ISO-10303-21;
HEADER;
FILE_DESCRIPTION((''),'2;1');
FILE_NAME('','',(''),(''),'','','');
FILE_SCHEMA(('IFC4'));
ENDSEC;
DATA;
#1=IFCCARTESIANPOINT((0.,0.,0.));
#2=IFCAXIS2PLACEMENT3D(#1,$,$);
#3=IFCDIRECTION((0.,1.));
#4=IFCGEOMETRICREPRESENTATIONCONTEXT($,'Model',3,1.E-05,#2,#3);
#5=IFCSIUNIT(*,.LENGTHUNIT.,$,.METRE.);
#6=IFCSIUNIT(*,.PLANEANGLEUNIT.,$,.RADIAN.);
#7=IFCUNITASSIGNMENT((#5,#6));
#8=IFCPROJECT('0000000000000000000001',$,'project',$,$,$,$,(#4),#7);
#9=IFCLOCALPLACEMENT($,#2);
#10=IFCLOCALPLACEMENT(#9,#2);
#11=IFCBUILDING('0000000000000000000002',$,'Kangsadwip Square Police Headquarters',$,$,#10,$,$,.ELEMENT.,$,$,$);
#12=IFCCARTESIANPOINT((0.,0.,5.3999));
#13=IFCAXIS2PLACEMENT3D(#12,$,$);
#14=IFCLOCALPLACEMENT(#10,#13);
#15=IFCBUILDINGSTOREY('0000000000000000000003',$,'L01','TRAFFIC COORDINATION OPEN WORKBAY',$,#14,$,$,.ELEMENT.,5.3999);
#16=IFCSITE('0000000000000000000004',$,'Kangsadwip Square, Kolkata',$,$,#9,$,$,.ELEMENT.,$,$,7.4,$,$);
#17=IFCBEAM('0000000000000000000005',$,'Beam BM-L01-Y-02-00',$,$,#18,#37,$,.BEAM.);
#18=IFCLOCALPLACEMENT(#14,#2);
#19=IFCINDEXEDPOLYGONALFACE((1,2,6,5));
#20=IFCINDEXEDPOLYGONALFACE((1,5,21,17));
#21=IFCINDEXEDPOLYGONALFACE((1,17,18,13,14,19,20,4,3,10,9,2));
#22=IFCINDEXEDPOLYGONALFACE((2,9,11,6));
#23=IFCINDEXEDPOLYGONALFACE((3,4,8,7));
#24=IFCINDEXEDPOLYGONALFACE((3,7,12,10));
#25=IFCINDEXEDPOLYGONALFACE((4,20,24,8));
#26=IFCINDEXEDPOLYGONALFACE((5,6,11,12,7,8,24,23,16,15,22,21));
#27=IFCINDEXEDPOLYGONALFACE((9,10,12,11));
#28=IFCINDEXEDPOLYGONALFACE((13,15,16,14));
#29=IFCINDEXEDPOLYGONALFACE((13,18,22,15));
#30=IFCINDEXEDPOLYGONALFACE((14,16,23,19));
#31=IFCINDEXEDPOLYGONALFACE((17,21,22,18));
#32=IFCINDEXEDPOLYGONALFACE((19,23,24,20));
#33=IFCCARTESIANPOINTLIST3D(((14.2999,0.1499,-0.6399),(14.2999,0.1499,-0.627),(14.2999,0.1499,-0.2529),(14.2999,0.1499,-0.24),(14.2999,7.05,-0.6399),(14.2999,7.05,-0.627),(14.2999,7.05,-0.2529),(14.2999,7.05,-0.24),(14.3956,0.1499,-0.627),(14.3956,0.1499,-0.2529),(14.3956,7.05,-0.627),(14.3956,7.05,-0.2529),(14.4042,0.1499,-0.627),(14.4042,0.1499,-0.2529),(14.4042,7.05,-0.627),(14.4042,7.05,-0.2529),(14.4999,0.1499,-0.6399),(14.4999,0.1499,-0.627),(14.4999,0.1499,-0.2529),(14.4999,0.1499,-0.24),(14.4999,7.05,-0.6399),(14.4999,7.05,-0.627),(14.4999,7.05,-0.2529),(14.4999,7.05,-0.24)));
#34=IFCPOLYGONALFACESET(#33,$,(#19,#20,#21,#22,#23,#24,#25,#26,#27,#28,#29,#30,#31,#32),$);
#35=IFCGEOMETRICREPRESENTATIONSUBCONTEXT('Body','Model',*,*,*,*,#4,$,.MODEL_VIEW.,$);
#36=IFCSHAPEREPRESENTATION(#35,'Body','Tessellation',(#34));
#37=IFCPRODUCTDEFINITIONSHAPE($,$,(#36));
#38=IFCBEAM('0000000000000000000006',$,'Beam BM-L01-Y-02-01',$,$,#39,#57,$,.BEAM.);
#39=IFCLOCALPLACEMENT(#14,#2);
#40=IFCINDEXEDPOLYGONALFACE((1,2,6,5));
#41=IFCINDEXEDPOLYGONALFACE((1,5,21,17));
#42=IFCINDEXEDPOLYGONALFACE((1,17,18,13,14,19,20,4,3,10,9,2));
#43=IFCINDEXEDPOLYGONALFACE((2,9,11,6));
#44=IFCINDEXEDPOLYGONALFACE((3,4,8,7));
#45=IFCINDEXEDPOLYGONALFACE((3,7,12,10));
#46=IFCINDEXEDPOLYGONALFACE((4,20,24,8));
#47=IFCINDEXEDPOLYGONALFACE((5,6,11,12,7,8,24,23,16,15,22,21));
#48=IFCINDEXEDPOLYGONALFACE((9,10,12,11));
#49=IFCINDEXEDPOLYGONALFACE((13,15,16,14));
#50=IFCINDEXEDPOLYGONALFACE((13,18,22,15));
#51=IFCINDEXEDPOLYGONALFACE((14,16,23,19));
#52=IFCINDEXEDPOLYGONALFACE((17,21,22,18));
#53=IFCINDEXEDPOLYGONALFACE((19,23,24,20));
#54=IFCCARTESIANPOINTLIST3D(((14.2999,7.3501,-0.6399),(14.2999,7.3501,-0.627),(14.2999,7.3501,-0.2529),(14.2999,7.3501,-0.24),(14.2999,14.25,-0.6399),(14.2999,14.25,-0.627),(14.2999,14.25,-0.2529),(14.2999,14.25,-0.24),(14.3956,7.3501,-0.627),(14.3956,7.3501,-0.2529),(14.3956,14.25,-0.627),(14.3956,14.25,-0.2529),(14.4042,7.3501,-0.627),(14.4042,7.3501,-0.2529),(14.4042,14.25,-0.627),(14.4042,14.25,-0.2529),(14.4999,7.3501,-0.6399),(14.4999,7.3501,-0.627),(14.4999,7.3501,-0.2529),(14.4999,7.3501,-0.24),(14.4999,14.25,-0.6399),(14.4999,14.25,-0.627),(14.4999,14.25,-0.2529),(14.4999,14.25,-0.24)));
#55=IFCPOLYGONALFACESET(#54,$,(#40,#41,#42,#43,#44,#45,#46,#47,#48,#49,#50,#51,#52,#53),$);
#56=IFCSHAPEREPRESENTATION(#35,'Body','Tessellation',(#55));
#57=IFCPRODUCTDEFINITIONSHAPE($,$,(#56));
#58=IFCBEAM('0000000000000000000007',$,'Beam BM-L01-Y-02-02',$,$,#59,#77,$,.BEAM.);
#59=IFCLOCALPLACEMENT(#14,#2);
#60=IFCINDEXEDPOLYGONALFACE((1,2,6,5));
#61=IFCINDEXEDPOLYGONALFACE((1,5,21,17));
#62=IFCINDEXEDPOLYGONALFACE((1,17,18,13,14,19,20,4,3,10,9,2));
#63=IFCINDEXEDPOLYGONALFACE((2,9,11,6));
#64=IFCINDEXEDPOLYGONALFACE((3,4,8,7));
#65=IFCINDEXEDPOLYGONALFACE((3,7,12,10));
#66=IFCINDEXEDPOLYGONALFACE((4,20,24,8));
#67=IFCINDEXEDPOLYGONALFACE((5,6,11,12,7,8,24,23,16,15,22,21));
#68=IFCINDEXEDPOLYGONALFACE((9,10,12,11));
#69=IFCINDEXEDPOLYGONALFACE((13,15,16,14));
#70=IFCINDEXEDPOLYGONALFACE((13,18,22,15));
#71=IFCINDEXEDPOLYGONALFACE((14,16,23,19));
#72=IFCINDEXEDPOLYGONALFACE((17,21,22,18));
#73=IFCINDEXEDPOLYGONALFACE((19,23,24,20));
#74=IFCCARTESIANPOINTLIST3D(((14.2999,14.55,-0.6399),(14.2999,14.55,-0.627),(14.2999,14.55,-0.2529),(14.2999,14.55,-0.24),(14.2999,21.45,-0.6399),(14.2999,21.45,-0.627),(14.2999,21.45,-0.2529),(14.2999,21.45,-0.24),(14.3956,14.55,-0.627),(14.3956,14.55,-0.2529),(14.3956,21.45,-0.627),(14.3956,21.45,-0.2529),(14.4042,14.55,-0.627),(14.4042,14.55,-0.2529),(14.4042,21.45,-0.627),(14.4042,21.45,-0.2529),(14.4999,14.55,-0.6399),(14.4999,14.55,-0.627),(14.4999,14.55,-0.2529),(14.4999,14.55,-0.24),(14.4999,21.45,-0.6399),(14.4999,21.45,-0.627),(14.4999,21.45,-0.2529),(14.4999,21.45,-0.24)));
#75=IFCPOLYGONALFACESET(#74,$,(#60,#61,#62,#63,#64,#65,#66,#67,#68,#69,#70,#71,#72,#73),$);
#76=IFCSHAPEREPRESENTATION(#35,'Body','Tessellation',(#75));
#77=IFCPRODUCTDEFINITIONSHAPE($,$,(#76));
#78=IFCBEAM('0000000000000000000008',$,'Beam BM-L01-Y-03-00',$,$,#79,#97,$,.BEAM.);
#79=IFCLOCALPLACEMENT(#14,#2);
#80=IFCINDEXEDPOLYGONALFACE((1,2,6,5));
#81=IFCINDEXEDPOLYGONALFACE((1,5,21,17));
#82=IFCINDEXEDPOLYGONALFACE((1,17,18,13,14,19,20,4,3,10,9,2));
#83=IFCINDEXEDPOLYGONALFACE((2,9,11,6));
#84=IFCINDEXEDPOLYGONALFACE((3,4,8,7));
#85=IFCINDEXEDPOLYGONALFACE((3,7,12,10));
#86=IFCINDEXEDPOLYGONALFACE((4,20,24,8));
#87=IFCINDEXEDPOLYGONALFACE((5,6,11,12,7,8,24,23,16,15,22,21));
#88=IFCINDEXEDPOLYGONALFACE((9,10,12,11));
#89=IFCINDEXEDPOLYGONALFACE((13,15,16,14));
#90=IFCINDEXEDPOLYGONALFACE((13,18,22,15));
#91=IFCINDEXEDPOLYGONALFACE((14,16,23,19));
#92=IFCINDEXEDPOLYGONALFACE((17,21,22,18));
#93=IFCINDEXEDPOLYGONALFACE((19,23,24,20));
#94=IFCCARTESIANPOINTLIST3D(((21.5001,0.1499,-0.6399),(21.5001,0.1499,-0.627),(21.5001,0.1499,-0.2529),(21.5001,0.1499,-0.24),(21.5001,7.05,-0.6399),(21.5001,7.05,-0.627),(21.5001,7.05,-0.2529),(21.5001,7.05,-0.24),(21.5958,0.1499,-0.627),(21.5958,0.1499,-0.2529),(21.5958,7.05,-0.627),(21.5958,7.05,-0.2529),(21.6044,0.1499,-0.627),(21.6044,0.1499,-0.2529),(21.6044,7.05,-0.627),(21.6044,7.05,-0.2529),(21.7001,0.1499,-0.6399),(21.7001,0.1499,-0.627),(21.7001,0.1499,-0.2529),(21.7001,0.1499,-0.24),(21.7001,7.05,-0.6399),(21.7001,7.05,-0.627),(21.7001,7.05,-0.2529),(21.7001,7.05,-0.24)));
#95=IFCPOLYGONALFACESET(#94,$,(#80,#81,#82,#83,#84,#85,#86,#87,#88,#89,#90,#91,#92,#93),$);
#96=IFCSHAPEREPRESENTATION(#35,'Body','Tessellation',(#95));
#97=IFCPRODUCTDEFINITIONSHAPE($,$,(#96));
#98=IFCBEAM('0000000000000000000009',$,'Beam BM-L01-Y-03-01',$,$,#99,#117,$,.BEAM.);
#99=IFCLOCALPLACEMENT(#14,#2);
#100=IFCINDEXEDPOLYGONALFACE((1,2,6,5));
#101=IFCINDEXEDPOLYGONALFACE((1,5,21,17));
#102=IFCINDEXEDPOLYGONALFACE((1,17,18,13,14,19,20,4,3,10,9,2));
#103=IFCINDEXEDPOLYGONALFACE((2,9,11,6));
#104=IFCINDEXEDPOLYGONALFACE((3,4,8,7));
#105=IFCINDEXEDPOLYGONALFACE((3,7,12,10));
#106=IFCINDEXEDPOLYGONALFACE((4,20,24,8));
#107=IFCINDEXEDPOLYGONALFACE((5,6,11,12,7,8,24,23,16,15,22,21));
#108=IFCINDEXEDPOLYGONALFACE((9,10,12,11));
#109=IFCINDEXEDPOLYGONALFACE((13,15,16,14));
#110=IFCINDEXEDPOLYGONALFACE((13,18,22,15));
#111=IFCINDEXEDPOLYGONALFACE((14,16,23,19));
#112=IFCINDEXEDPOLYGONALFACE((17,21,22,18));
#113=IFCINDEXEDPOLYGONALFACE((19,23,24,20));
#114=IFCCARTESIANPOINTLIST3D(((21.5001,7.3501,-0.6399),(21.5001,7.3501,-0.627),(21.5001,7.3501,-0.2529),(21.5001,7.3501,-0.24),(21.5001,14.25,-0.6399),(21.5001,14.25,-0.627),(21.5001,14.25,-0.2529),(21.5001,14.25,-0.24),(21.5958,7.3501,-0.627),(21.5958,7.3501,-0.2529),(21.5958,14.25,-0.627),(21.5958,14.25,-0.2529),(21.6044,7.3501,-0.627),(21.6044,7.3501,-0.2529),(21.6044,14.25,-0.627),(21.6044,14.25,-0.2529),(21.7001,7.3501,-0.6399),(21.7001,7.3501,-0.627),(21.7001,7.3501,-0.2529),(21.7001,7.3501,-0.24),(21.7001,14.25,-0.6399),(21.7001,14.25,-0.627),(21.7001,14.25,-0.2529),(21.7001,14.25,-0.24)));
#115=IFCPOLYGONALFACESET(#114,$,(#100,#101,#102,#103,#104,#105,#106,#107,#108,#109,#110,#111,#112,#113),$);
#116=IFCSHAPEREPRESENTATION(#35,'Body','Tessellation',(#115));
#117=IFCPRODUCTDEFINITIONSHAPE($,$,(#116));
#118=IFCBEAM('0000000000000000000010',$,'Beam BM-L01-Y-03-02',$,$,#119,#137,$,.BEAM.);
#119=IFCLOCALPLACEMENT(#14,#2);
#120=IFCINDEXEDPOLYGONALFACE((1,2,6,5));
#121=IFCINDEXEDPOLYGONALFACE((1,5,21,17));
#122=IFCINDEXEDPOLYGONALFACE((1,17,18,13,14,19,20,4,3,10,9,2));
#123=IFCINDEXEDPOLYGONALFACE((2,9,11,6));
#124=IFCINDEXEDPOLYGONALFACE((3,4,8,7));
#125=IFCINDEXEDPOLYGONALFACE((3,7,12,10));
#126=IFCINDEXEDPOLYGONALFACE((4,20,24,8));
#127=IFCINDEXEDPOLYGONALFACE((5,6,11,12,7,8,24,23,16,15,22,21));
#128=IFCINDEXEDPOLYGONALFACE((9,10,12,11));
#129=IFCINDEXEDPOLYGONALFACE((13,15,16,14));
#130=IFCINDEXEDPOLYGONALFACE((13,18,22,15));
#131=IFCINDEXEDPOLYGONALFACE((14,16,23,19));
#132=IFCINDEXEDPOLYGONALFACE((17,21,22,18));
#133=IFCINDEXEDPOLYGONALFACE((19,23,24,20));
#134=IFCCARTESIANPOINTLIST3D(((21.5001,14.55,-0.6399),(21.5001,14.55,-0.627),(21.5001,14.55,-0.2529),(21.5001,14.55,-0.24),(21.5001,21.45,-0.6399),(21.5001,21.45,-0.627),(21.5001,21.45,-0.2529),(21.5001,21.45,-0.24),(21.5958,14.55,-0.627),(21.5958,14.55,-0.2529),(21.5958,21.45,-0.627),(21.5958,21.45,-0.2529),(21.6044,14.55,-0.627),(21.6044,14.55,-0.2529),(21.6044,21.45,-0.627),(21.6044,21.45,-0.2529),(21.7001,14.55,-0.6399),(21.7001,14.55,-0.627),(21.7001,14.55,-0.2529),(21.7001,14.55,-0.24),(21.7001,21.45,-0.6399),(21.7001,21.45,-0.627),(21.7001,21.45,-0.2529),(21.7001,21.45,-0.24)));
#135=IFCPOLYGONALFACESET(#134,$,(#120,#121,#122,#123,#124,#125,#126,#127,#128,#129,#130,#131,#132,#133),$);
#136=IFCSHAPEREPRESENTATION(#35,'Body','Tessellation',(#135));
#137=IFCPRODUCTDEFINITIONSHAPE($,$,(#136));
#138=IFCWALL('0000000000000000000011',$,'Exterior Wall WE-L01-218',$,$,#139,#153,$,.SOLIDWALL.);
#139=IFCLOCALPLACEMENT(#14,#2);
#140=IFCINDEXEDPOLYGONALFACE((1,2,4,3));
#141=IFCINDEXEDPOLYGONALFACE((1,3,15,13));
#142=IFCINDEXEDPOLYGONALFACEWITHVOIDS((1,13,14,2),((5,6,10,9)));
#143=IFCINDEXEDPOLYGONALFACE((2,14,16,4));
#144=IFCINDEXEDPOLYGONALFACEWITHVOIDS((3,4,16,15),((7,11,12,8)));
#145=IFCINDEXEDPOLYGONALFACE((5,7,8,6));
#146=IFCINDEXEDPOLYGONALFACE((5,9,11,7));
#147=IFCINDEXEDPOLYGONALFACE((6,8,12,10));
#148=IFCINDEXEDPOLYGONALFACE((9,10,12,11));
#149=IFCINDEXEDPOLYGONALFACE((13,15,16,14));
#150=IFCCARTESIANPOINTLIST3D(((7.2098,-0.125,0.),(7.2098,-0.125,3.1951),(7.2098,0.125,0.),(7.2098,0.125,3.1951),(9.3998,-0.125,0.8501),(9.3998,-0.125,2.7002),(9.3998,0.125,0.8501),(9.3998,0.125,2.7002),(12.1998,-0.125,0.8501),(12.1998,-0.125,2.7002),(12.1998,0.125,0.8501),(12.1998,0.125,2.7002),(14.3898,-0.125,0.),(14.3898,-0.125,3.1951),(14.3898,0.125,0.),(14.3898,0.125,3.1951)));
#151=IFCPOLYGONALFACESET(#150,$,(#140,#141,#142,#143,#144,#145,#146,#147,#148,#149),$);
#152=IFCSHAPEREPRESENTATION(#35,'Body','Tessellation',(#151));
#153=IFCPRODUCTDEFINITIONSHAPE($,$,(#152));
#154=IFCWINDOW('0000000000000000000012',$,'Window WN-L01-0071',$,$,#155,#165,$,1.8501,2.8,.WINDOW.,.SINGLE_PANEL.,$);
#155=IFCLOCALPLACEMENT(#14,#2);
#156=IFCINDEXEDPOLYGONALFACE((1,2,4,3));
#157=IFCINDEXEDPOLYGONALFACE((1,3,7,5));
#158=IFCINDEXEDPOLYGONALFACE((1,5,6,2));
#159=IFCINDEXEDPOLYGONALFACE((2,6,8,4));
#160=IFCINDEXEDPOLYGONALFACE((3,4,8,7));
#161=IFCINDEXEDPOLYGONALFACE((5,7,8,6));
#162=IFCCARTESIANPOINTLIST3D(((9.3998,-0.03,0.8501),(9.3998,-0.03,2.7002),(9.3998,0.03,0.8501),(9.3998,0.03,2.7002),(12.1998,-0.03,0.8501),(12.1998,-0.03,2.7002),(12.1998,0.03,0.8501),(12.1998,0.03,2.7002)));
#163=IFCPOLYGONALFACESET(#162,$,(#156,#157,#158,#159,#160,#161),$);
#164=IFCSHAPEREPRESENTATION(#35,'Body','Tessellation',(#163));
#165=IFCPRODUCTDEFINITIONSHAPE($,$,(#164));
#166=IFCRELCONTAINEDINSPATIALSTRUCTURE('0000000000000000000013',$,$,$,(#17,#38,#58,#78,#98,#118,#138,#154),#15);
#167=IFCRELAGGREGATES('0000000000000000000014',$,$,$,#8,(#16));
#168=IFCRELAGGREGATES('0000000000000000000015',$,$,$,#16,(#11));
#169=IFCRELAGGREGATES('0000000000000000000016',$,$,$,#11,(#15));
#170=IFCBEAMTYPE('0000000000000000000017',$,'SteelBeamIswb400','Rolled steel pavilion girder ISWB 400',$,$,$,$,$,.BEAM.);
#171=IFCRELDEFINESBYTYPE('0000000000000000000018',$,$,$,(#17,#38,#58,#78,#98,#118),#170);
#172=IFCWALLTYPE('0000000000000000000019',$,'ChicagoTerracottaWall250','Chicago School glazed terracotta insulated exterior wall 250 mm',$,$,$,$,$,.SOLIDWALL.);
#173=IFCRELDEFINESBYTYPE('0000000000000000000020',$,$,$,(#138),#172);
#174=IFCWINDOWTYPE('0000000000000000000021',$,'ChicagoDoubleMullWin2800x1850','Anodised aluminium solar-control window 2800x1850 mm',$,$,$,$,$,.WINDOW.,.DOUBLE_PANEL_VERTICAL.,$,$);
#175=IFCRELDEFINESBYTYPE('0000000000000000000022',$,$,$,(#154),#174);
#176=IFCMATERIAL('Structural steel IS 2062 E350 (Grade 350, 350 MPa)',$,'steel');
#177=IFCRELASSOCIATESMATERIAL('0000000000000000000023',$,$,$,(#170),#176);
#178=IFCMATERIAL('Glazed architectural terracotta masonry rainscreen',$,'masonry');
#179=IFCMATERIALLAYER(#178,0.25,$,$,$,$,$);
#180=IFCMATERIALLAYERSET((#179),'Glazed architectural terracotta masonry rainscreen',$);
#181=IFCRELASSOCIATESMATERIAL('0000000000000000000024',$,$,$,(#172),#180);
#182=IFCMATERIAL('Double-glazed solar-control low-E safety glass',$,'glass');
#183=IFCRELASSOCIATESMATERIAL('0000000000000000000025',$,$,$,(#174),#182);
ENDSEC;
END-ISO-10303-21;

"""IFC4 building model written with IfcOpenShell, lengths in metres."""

from ifc_helpers import new_model, si_unit, direction, frame, frame_2d, origin, origin_2d, place, context, subcontext, project, spatial, rectangle, i_section, extrude, material, layer, layer_set, material_profile, profile_set, type_object, element, fill, save


model = new_model("IFC4")

# Units and contexts
model_context = context("Model", 3, precision=1e-05, world=origin(), true_north=direction((0.0, 1.0)))
body_context = subcontext(model_context, "Body", "Model", "MODEL_VIEW")
ifc_project = project(units=[si_unit("LENGTHUNIT", "METRE"), si_unit("PLANEANGLEUNIT", "RADIAN")], contexts=[model_context])

# Site, building, storey
site_placement = place(None, origin())
site = spatial("IfcSite", under=ifc_project, at=site_placement, Name="Kangsadwip Square, Kolkata", CompositionType="ELEMENT", RefElevation=7.4)
building_placement = place(site_placement, origin())
building = spatial("IfcBuilding", under=site, at=building_placement, Name="Kangsadwip Square Police Headquarters", CompositionType="ELEMENT")
storey_placement = place(building_placement, frame((0.0, 0.0, 5.3999)))
storey = spatial("IfcBuildingStorey", under=building, at=storey_placement, Name="L01", Description="TRAFFIC COORDINATION OPEN WORKBAY", CompositionType="ELEMENT", Elevation=5.3999)

# Beams
ifc_material_1 = material(Name="Structural steel IS 2062 E350 (Grade 350, 350 MPa)", Category="steel")
ifc_material_profile_1 = material_profile(ifc_material_1, i_section(OverallWidth=0.2, OverallDepth=0.3999, WebThickness=0.0085, FlangeThickness=0.0129, at=origin_2d()), Name="ISWB 400")
ifc_profile_set_1 = profile_set([ifc_material_profile_1], Name="Structural steel IS 2062 E350 (Grade 350, 350 MPa)")
beam_type_1 = type_object("IfcBeamType", Name="SteelBeamIswb400", Description="Rolled steel pavilion girder ISWB 400", PredefinedType="BEAM", material=ifc_profile_set_1)
beam_1_placement = place(storey_placement, frame((14.3999, 0.1499, -0.4399), z_axis=(0.0, 1.0, 0.0), x_axis=(-1.0, 0.0, 0.0)))
element("IfcBeam", 1, at=beam_1_placement, inside=storey, type_object=beam_type_1, Name="Beam BM-L01-Y-02-00", PredefinedType="BEAM", context=body_context, shape_type="SweptSolid", body=[
    extrude(i_section(OverallWidth=0.2, OverallDepth=0.3999, WebThickness=0.0085, FlangeThickness=0.0129, at=origin_2d()), origin(), (0.0, 0.0, 1.0), 6.9001),
])
for number, where, z_axis, x_axis, name in (
    (2, (14.3999, 7.3501, -0.4399), (0.0, 1.0, 0.0), (-1.0, 0.0, 0.0), "Beam BM-L01-Y-02-01"),
    (3, (14.3999, 14.55, -0.4399), (0.0, 1.0, 0.0), (-1.0, 0.0, 0.0), "Beam BM-L01-Y-02-02"),
):
    element("IfcBeam", number, at=place(storey_placement, frame(where, z_axis=z_axis, x_axis=x_axis)), inside=storey, type_object=beam_type_1, Name=name, PredefinedType="BEAM", context=body_context, shape_type="SweptSolid", body=[
        extrude(i_section(OverallWidth=0.2, OverallDepth=0.3999, WebThickness=0.0085, FlangeThickness=0.0129, at=origin_2d()), origin(), (0.0, 0.0, 1.0), 6.8999),
    ])
beam_2_placement = place(storey_placement, frame((21.6001, 0.1499, -0.4399), z_axis=(0.0, 1.0, 0.0), x_axis=(-1.0, 0.0, 0.0)))
element("IfcBeam", 4, at=beam_2_placement, inside=storey, type_object=beam_type_1, Name="Beam BM-L01-Y-03-00", PredefinedType="BEAM", context=body_context, shape_type="SweptSolid", body=[
    extrude(i_section(OverallWidth=0.2, OverallDepth=0.3999, WebThickness=0.0085, FlangeThickness=0.0129, at=origin_2d()), origin(), (0.0, 0.0, 1.0), 6.9001),
])
for number, where, z_axis, x_axis, name in (
    (5, (21.6001, 7.3501, -0.4399), (0.0, 1.0, 0.0), (-1.0, 0.0, 0.0), "Beam BM-L01-Y-03-01"),
    (6, (21.6001, 14.55, -0.4399), (0.0, 1.0, 0.0), (-1.0, 0.0, 0.0), "Beam BM-L01-Y-03-02"),
):
    element("IfcBeam", number, at=place(storey_placement, frame(where, z_axis=z_axis, x_axis=x_axis)), inside=storey, type_object=beam_type_1, Name=name, PredefinedType="BEAM", context=body_context, shape_type="SweptSolid", body=[
        extrude(i_section(OverallWidth=0.2, OverallDepth=0.3999, WebThickness=0.0085, FlangeThickness=0.0129, at=origin_2d()), origin(), (0.0, 0.0, 1.0), 6.8999),
    ])

# Wall, opening, window
ifc_material_2 = material(Name="Glazed architectural terracotta masonry rainscreen", Category="masonry")
ifc_layer_1 = layer(ifc_material_2, 0.25)
ifc_layer_set_1 = layer_set([ifc_layer_1], Name="Glazed architectural terracotta masonry rainscreen")
wall_type_1 = type_object("IfcWallType", Name="ChicagoTerracottaWall250", Description="Chicago School glazed terracotta insulated exterior wall 250 mm", PredefinedType="SOLIDWALL", material=ifc_layer_set_1)
wall_1_placement = place(storey_placement, frame((7.21, 0.0, 0.0), z_axis=(0.0, 0.0, 1.0), x_axis=(1.0, 0.0, 0.0)))
wall_1 = element("IfcWall", 7, at=wall_1_placement, inside=storey, type_object=wall_type_1, Name="Exterior Wall WE-L01-218", PredefinedType="SOLIDWALL", context=body_context, shape_type="SweptSolid", body=[
    extrude(rectangle(XDim=7.1799, YDim=0.25, at=frame_2d((3.5898, 0.0))), origin(), (0.0, 0.0, 1.0), 3.1951),
])
opening_1_placement = place(wall_1_placement, frame((2.1899, 0.0, 0.8501)))
opening_1 = element("IfcOpeningElement", 8, at=opening_1_placement, cuts=wall_1, PredefinedType="OPENING", context=body_context, shape_type="SweptSolid", body=[
    extrude(rectangle(XDim=2.8, YDim=1.8501, at=frame_2d((1.3999, 0.925))), frame((0.0, 0.135, 0.0), z_axis=(0.0, -1.0, 0.0), x_axis=(1.0, 0.0, 0.0)), (0.0, 0.0, 1.0), 0.27),
])
ifc_material_3 = material(Name="Double-glazed solar-control low-E safety glass", Category="glass")
window_type_1 = type_object("IfcWindowType", Name="ChicagoDoubleMullWin2800x1850", Description="Anodised aluminium solar-control window 2800x1850 mm", PartitioningType="DOUBLE_PANEL_VERTICAL", PredefinedType="WINDOW", material=ifc_material_3)
window_1_placement = place(opening_1_placement, origin())
window_1 = element("IfcWindow", 9, at=window_1_placement, inside=storey, type_object=window_type_1, Name="Window WN-L01-0071", OverallHeight=1.8501, OverallWidth=2.8, PartitioningType="SINGLE_PANEL", PredefinedType="WINDOW", context=body_context, shape_type="SweptSolid", body=[
    extrude(rectangle(XDim=2.8, YDim=1.8501, at=frame_2d((1.3999, 0.925))), frame((0.0, 0.03, 0.0), z_axis=(0.0, -1.0, 0.0), x_axis=(1.0, 0.0, 0.0)), (0.0, 0.0, 1.0), 0.0601),
])
fill(opening_1, window_1)

save(model, "model.ifc")
